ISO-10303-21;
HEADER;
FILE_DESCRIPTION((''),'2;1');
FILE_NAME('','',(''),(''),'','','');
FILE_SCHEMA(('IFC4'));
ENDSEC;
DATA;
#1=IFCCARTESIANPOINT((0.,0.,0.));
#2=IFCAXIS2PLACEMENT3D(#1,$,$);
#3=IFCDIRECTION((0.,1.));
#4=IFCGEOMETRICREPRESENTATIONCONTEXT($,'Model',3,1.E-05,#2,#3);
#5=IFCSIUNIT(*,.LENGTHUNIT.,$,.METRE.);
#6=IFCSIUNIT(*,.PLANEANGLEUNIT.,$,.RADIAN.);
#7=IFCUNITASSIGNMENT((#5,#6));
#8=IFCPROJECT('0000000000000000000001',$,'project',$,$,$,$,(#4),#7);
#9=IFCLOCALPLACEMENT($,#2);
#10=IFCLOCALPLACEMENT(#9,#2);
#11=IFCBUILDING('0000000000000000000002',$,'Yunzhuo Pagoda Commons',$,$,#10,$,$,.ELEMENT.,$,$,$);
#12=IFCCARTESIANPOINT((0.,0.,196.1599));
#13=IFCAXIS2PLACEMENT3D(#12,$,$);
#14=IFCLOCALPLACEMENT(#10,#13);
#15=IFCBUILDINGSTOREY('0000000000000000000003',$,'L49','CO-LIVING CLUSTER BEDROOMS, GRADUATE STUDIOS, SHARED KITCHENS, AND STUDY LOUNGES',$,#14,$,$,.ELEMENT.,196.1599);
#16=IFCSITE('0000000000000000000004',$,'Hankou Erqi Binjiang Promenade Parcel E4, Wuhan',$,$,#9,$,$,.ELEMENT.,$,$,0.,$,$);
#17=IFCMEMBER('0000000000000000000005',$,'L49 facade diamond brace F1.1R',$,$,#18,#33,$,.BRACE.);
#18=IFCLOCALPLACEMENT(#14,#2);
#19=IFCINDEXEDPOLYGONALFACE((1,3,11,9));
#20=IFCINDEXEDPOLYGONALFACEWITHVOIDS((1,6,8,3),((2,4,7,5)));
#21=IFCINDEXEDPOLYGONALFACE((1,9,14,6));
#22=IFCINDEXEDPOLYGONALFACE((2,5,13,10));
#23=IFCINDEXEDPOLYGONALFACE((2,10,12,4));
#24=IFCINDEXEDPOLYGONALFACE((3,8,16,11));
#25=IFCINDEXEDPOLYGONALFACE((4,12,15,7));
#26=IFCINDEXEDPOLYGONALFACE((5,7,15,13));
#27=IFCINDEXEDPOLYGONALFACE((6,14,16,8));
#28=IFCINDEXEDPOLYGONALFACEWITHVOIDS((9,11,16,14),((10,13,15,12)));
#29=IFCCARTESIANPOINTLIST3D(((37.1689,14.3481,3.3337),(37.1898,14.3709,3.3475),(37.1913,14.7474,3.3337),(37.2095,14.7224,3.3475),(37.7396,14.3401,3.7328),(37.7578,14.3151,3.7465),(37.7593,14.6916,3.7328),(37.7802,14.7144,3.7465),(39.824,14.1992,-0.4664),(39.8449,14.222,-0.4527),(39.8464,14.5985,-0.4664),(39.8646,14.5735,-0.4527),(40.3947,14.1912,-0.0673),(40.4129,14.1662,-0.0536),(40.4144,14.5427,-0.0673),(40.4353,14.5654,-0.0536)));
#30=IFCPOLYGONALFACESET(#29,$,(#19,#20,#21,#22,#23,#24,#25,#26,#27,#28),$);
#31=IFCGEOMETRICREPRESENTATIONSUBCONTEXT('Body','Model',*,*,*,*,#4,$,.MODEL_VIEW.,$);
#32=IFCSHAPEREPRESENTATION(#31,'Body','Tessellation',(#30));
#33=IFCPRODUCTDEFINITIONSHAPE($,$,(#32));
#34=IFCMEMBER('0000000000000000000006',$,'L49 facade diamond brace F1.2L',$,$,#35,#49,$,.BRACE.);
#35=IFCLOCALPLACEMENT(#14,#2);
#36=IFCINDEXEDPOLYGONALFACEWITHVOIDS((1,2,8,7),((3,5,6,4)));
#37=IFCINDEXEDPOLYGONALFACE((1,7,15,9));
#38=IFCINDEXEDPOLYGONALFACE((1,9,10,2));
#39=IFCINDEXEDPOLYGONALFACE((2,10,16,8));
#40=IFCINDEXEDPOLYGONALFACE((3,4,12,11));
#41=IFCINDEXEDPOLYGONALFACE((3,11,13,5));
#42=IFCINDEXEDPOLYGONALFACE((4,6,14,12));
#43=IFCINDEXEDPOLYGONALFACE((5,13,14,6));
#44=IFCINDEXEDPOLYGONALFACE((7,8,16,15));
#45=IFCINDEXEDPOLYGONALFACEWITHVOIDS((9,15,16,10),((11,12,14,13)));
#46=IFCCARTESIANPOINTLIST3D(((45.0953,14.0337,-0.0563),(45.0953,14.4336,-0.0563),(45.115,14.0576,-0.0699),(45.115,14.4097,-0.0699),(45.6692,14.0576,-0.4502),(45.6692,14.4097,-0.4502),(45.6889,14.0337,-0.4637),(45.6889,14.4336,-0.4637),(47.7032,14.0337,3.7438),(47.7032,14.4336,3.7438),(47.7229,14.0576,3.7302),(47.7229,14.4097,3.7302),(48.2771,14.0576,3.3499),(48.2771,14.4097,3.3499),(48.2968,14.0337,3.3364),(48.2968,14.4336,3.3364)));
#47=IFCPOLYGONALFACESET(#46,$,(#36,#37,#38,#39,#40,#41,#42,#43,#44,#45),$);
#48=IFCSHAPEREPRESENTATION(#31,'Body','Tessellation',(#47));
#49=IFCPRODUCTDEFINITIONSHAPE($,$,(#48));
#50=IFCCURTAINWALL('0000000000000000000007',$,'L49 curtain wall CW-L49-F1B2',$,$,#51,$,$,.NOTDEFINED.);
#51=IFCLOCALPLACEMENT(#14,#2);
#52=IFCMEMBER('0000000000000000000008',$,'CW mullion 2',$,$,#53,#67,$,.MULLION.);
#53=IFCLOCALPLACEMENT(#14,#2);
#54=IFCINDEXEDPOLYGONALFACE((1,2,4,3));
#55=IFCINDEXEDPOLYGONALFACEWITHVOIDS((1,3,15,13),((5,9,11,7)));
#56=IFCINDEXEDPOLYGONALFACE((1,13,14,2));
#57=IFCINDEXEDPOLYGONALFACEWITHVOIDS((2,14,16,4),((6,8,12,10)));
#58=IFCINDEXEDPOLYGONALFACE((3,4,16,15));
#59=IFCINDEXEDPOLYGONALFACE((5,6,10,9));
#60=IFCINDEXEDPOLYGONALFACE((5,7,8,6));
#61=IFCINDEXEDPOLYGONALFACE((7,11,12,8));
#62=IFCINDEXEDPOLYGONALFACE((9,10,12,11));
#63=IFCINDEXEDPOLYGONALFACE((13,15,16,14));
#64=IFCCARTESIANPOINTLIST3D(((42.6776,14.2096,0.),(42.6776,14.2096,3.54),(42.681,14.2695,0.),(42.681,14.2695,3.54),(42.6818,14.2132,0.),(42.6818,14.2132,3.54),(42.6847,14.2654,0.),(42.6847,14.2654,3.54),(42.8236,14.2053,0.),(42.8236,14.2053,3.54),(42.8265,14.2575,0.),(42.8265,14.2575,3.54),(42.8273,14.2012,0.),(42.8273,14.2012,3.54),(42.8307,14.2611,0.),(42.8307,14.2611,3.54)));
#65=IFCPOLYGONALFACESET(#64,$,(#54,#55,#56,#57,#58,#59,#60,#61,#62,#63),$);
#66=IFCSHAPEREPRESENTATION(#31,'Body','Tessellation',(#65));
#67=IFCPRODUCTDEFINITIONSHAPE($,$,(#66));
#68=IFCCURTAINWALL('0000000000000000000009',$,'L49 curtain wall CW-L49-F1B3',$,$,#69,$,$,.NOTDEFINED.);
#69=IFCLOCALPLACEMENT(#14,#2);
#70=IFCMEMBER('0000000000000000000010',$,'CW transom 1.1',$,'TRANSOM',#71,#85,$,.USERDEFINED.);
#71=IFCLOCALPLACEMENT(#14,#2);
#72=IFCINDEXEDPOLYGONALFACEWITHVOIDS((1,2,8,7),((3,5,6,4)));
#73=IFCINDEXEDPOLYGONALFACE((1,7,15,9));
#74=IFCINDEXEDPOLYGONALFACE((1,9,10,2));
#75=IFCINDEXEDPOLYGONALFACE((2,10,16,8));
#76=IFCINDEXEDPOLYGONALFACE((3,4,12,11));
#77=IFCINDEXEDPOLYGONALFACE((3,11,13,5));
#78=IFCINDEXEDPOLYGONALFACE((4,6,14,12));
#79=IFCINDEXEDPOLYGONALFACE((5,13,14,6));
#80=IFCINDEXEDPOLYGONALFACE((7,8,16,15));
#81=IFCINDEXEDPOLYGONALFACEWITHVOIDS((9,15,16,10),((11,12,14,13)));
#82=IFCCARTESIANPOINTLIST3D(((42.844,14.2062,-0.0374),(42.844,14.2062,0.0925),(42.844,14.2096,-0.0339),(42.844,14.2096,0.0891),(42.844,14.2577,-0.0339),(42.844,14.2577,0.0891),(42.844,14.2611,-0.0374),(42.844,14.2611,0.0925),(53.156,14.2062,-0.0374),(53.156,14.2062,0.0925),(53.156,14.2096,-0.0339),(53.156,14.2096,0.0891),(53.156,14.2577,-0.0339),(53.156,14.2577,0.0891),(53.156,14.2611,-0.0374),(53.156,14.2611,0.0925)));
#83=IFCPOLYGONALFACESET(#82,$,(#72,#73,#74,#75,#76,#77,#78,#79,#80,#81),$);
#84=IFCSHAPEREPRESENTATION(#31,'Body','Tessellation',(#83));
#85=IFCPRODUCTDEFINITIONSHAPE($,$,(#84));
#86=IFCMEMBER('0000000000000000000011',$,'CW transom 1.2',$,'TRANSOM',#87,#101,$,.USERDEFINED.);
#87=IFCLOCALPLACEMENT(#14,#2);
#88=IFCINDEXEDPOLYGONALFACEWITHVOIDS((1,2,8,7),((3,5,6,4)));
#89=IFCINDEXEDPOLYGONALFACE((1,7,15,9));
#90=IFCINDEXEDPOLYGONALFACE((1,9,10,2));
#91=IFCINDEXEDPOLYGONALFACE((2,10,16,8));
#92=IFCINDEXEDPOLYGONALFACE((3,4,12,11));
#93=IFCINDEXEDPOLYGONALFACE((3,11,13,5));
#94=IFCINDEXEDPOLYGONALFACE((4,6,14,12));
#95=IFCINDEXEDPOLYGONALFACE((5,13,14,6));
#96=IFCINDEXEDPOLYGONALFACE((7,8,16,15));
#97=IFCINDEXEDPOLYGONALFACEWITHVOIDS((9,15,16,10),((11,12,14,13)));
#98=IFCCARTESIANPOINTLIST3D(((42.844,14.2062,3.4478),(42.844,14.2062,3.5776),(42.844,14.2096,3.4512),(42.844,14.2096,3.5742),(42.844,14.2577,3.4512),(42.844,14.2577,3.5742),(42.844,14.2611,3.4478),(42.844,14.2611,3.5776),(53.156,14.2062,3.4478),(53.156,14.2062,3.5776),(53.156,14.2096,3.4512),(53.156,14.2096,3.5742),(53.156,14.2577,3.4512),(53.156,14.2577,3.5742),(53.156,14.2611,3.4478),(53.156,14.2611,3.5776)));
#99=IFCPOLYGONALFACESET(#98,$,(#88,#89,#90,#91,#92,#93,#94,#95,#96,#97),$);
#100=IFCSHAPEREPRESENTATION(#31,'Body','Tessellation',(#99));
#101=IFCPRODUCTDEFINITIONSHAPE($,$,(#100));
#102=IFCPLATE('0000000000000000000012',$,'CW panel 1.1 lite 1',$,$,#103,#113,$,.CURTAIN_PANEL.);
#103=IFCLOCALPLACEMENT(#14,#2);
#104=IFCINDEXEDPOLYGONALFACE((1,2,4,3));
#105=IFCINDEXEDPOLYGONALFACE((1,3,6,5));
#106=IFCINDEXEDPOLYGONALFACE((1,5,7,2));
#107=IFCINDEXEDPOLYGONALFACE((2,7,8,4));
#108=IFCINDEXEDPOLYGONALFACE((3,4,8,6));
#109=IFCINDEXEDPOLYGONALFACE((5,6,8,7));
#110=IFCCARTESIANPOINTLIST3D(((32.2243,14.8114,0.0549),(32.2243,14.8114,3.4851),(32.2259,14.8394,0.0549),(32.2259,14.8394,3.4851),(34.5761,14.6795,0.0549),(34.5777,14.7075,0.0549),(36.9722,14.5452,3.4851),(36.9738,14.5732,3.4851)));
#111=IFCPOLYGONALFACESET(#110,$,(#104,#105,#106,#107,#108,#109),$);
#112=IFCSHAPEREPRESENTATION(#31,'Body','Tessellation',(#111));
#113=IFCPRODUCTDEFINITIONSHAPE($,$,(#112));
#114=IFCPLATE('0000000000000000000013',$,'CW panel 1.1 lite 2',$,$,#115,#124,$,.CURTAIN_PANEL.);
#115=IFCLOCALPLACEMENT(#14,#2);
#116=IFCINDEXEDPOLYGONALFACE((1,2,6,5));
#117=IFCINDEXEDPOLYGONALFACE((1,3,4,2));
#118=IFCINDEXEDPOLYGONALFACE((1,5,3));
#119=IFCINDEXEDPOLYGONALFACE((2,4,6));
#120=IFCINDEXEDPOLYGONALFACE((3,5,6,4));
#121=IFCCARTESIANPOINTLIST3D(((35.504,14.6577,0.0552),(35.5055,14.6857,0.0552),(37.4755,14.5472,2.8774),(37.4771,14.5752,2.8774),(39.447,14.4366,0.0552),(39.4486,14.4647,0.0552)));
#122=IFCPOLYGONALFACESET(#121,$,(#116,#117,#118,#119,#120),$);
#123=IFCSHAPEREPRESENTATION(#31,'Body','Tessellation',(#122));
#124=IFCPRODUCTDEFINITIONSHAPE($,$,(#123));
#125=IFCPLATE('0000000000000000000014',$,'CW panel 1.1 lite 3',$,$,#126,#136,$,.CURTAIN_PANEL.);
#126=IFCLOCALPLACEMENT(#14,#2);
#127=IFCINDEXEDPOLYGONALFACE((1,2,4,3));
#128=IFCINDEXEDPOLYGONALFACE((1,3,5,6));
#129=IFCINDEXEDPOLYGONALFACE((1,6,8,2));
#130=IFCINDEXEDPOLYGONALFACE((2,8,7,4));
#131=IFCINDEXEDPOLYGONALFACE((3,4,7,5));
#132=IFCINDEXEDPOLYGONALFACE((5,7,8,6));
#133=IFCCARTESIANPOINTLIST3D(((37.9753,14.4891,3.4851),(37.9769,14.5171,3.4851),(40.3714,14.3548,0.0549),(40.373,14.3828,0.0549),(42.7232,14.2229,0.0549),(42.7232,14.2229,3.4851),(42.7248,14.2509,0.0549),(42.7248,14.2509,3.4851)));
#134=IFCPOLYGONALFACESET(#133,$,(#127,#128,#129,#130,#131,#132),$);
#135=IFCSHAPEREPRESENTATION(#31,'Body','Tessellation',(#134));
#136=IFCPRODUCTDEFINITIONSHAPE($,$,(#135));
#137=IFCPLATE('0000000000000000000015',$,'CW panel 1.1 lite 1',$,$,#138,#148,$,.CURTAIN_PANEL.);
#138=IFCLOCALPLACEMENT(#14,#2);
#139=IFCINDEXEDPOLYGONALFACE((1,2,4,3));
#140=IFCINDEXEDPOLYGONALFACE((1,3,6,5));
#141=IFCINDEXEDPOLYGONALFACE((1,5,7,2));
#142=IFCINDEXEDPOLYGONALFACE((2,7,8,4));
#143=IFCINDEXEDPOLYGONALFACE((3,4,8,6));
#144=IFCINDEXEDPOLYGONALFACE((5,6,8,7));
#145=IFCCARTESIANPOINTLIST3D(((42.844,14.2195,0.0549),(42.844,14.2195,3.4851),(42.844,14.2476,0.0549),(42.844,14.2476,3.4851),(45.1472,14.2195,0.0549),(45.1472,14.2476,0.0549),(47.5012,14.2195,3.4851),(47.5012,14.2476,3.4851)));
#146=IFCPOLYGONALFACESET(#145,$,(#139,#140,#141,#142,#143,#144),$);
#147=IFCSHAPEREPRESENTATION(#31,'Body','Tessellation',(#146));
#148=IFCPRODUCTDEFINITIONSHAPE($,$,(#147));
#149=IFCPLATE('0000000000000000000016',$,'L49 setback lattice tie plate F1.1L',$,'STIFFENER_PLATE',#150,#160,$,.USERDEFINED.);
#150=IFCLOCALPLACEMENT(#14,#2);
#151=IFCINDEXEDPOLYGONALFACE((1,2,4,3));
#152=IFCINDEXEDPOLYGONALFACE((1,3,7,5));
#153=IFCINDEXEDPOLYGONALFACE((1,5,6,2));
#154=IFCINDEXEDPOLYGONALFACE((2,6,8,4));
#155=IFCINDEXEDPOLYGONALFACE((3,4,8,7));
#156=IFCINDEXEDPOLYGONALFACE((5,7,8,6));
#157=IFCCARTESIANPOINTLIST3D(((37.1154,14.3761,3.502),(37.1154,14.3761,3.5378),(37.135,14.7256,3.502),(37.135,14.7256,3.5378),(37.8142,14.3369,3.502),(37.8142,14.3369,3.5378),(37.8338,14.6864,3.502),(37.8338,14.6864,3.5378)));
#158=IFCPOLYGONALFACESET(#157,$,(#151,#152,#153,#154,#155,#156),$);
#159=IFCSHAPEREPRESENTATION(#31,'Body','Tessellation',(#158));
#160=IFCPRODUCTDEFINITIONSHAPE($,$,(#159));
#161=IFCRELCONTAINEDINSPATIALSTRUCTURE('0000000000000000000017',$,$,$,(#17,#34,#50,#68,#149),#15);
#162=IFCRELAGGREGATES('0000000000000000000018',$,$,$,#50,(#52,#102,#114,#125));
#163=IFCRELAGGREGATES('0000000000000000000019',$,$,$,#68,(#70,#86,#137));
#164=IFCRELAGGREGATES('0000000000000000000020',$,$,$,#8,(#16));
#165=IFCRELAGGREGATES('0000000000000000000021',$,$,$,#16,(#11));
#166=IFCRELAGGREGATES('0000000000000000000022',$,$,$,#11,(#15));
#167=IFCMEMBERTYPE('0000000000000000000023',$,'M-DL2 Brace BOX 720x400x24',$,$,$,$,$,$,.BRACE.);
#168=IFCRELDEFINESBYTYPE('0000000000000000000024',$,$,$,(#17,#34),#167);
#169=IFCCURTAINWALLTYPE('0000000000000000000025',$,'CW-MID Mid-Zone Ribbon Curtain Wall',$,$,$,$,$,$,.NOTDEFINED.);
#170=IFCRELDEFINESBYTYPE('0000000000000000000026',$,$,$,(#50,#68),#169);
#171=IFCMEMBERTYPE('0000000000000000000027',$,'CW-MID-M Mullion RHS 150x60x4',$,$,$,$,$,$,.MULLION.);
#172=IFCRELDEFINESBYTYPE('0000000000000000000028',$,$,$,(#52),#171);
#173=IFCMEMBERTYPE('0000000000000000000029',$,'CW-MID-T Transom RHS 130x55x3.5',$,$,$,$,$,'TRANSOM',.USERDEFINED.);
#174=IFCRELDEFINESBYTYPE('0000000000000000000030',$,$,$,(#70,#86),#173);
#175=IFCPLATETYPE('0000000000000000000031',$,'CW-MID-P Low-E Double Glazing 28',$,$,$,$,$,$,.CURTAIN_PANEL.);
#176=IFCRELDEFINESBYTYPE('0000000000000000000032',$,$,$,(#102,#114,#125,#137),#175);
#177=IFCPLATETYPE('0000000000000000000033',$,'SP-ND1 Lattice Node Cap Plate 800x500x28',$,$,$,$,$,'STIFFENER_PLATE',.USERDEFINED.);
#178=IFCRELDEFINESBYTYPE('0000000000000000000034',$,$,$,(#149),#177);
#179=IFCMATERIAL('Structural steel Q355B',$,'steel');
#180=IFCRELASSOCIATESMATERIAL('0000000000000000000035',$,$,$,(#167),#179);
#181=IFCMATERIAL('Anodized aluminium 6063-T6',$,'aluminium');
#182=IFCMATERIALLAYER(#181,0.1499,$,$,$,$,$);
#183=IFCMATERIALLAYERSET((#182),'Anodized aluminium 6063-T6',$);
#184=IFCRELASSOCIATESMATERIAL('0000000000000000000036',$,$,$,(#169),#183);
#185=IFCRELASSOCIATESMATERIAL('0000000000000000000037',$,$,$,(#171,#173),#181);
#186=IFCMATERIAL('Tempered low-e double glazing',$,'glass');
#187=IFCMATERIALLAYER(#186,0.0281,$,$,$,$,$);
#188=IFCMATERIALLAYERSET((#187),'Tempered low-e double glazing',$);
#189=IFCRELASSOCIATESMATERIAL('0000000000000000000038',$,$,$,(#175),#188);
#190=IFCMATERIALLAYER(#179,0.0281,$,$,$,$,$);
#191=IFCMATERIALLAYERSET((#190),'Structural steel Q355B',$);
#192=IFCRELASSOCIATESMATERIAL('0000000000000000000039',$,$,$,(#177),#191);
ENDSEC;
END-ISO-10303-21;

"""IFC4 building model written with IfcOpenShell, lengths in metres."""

from ifc_helpers import new_model, si_unit, direction, frame, origin, origin_2d, place, context, subcontext, project, spatial, polyline, rectangle, hollow_rectangle, outline, extrude, source, transform, mapped, material, layer, layer_set, material_profile, profile_set, type_object, element, aggregate, save


model = new_model("IFC4")

# Units and contexts
model_context = context("Model", 3, precision=1e-05, world=origin(), true_north=direction((0.0, 1.0)))
body_context = subcontext(model_context, "Body", "Model", "MODEL_VIEW")
ifc_project = project(units=[si_unit("LENGTHUNIT", "METRE"), si_unit("PLANEANGLEUNIT", "RADIAN")], contexts=[model_context])

# Site, building, storey
site_placement = place(None, origin())
site = spatial("IfcSite", under=ifc_project, at=site_placement, Name="Hankou Erqi Binjiang Promenade Parcel E4, Wuhan", CompositionType="ELEMENT", RefElevation=0.0)
building_placement = place(site_placement, origin())
building = spatial("IfcBuilding", under=site, at=building_placement, Name="Yunzhuo Pagoda Commons", CompositionType="ELEMENT")
storey_placement = place(building_placement, frame((0.0, 0.0, 196.1599)))
storey = spatial("IfcBuildingStorey", under=building, at=storey_placement, Name="L49", Description="CO-LIVING CLUSTER BEDROOMS, GRADUATE STUDIOS, SHARED KITCHENS, AND STUDY LOUNGES", CompositionType="ELEMENT", Elevation=196.1599)

# Shared definitions
ifc_material_1 = material(Name="Structural steel Q355B", Category="steel")

# Members
ifc_material_profile_1 = material_profile(ifc_material_1, hollow_rectangle(XDim=0.3999, YDim=0.72, WallThickness=0.0239, at=origin_2d()), Name="Structural steel Q355B")
ifc_profile_set_1 = profile_set([ifc_material_profile_1], Name="Structural steel Q355B")
member_type_1 = type_object("IfcMemberType", Name="M-DL2 Brace BOX 720x400x24", PredefinedType="BRACE", material=ifc_profile_set_1)
shared_shape_1 = source(origin(), body_context, "Body", "SweptSolid", [
    extrude(hollow_rectangle(XDim=0.3999, YDim=0.72, WallThickness=0.0239, at=origin_2d()), origin(), (0.0, 0.0, 1.0), 4.6382),
])
member_1_placement = place(storey_placement, frame((40.1296, 14.3823, -0.26), z_axis=(-0.572442, 0.032109, 0.819316), x_axis=(-0.056004, -0.998431, 0.0)))
element("IfcMember", 1, at=member_1_placement, inside=storey, type_object=member_type_1, Name="L49 facade diamond brace F1.1R", PredefinedType="BRACE", context=body_context, shape_type="MappedRepresentation", body=[
    mapped(shared_shape_1, transform((0.0, 0.0, 0.0), scale=1.0)),
])
shared_shape_2 = source(origin(), body_context, "Body", "SweptSolid", [
    extrude(hollow_rectangle(XDim=0.3999, YDim=0.72, WallThickness=0.0239, at=origin_2d()), origin(), (0.0, 0.0, 1.0), 4.6089),
])
member_2_placement = place(storey_placement, frame((45.3921, 14.2336, -0.26), z_axis=(0.565847, 0.0, 0.82451), x_axis=(0.0, 1.0, 0.0)))
element("IfcMember", 2, at=member_2_placement, inside=storey, type_object=member_type_1, Name="L49 facade diamond brace F1.2L", PredefinedType="BRACE", context=body_context, shape_type="MappedRepresentation", body=[
    mapped(shared_shape_2, transform((0.0, 0.0, 0.0), scale=1.0)),
])

# Curtain wall, member
ifc_material_2 = material(Name="Anodized aluminium 6063-T6", Category="aluminium")
ifc_layer_1 = layer(ifc_material_2, 0.1499)
ifc_layer_set_1 = layer_set([ifc_layer_1], Name="Anodized aluminium 6063-T6")
curtain_wall_type = type_object("IfcCurtainWallType", Name="CW-MID Mid-Zone Ribbon Curtain Wall", PredefinedType="NOTDEFINED", material=ifc_layer_set_1)
curtain_wall_1_placement = place(storey_placement, origin())
curtain_wall_1 = element("IfcCurtainWall", 3, at=curtain_wall_1_placement, inside=storey, type_object=curtain_wall_type, Name="L49 curtain wall CW-L49-F1B2", PredefinedType="NOTDEFINED")
ifc_material_profile_2 = material_profile(ifc_material_2, hollow_rectangle(XDim=0.0601, YDim=0.1499, WallThickness=0.0039, at=origin_2d()), Name="Anodized aluminium 6063-T6")
ifc_profile_set_2 = profile_set([ifc_material_profile_2], Name="Anodized aluminium 6063-T6")
member_type_2 = type_object("IfcMemberType", Name="CW-MID-M Mullion RHS 150x60x4", PredefinedType="MULLION", material=ifc_profile_set_2)
shared_shape_3 = source(origin(), body_context, "Body", "SweptSolid", [
    extrude(hollow_rectangle(XDim=0.0601, YDim=0.1499, WallThickness=0.0039, at=origin_2d()), origin(), (0.0, 0.0, 1.0), 3.54),
])
member_3_placement = place(storey_placement, frame((42.7542, 14.2354, 0.0), z_axis=(0.0, 0.0, 1.0), x_axis=(0.055983, 0.998432, 0.0)))
member_3 = element("IfcMember", 4, at=member_3_placement, type_object=member_type_2, Name="CW mullion 2", PredefinedType="MULLION", context=body_context, shape_type="MappedRepresentation", body=[
    mapped(shared_shape_3, transform((0.0, 0.0, 0.0), scale=1.0)),
])

# Curtain wall, members
curtain_wall_2_placement = place(storey_placement, origin())
curtain_wall_2 = element("IfcCurtainWall", 5, at=curtain_wall_2_placement, inside=storey, type_object=curtain_wall_type, Name="L49 curtain wall CW-L49-F1B3", PredefinedType="NOTDEFINED")
ifc_material_profile_3 = material_profile(ifc_material_2, hollow_rectangle(XDim=0.0549, YDim=0.1299, WallThickness=0.0034, at=origin_2d()), Name="Anodized aluminium 6063-T6")
ifc_profile_set_3 = profile_set([ifc_material_profile_3], Name="Anodized aluminium 6063-T6")
member_type_3 = type_object("IfcMemberType", Name="CW-MID-T Transom RHS 130x55x3.5", ElementType="TRANSOM", PredefinedType="USERDEFINED", material=ifc_profile_set_3)
shared_shape_4 = source(origin(), body_context, "Body", "SweptSolid", [
    extrude(hollow_rectangle(XDim=0.0549, YDim=0.1299, WallThickness=0.0034, at=origin_2d()), origin(), (0.0, 0.0, 1.0), 10.312),
])
member_4_placement = place(storey_placement, frame((42.844, 14.2336, 0.0276), z_axis=(1.0, 0.0, 0.0), x_axis=(0.0, 1.0, 0.0)))
member_4 = element("IfcMember", 6, at=member_4_placement, type_object=member_type_3, Name="CW transom 1.1", ObjectType="TRANSOM", PredefinedType="USERDEFINED", context=body_context, shape_type="MappedRepresentation", body=[
    mapped(shared_shape_4, transform((0.0, 0.0, 0.0), scale=1.0)),
])
member_5_placement = place(storey_placement, frame((42.844, 14.2336, 3.5127), z_axis=(1.0, 0.0, 0.0), x_axis=(0.0, 1.0, 0.0)))
member_5 = element("IfcMember", 7, at=member_5_placement, type_object=member_type_3, Name="CW transom 1.2", ObjectType="TRANSOM", PredefinedType="USERDEFINED", context=body_context, shape_type="MappedRepresentation", body=[
    mapped(shared_shape_4, transform((0.0, 0.0, 0.0), scale=1.0)),
])

# Plates
ifc_material_3 = material(Name="Tempered low-e double glazing", Category="glass")
ifc_layer_2 = layer(ifc_material_3, 0.0281)
ifc_layer_set_2 = layer_set([ifc_layer_2], Name="Tempered low-e double glazing")
plate_type_1 = type_object("IfcPlateType", Name="CW-MID-P Low-E Double Glazing 28", PredefinedType="CURTAIN_PANEL", material=ifc_layer_set_2)
plate_1_placement = place(storey_placement, frame((34.5999, 14.7063, 1.77), z_axis=(-0.055983, -0.998432, 0.0), x_axis=(0.998432, -0.055983, 0.0)))
plate_1 = element("IfcPlate", 8, at=plate_1_placement, type_object=plate_type_1, Name="CW panel 1.1 lite 1", PredefinedType="CURTAIN_PANEL", context=body_context, shape_type="SweptSolid", body=[
    extrude(outline(polyline([(-2.3777, -1.7151), (-0.0222, -1.7151), (2.3777, 1.7151), (-2.3777, 1.7151), (-2.3777, -1.7151)])), origin(), (0.0, 0.0, 1.0), 0.0281),
])
plate_2_placement = place(storey_placement, frame((37.4771, 14.5752, 1.4663), z_axis=(-0.055983, -0.998432, 0.0), x_axis=(0.998432, -0.055983, 0.0)))
plate_2 = element("IfcPlate", 9, at=plate_2_placement, type_object=plate_type_1, Name="CW panel 1.1 lite 2", PredefinedType="CURTAIN_PANEL", context=body_context, shape_type="SweptSolid", body=[
    extrude(outline(polyline([(-1.9746, -1.4111), (1.9746, -1.4111), (0.0, 1.4111), (-1.9746, -1.4111)])), origin(), (0.0, 0.0, 1.0), 0.0281),
])
plate_3_placement = place(storey_placement, frame((40.3508, 14.384, 1.77), z_axis=(-0.055983, -0.998432, 0.0), x_axis=(0.998432, -0.055983, 0.0)))
plate_3 = element("IfcPlate", 10, at=plate_3_placement, type_object=plate_type_1, Name="CW panel 1.1 lite 3", PredefinedType="CURTAIN_PANEL", context=body_context, shape_type="SweptSolid", body=[
    extrude(outline(polyline([(-2.3777, 1.7151), (0.0222, -1.7151), (2.3777, -1.7151), (2.3777, 1.7151), (-2.3777, 1.7151)])), origin(), (0.0, 0.0, 1.0), 0.0281),
])
aggregate(curtain_wall_1, [member_3, plate_1, plate_2, plate_3])
plate_4_placement = place(storey_placement, frame((45.1726, 14.2476, 1.77), z_axis=(0.0, -1.0, 0.0), x_axis=(1.0, 0.0, 0.0)))
plate_4 = element("IfcPlate", 11, at=plate_4_placement, type_object=plate_type_1, Name="CW panel 1.1 lite 1", PredefinedType="CURTAIN_PANEL", context=body_context, shape_type="SweptSolid", body=[
    extrude(outline(polyline([(-2.3286, -1.7151), (-0.0254, -1.7151), (2.3286, 1.7151), (-2.3286, 1.7151), (-2.3286, -1.7151)])), origin(), (0.0, 0.0, 1.0), 0.0281),
])
aggregate(curtain_wall_2, [member_4, member_5, plate_4])
ifc_layer_3 = layer(ifc_material_1, 0.0281)
ifc_layer_set_3 = layer_set([ifc_layer_3], Name="Structural steel Q355B")
plate_type_2 = type_object("IfcPlateType", Name="SP-ND1 Lattice Node Cap Plate 800x500x28", ElementType="STIFFENER_PLATE", PredefinedType="USERDEFINED", material=ifc_layer_set_3)
shared_shape_5 = source(origin(), body_context, "Body", "SweptSolid", [
    extrude(rectangle(XDim=0.7, YDim=0.3501, at=origin_2d()), origin(), (0.0, 0.0, 1.0), 0.0359),
])
plate_5_placement = place(storey_placement, frame((37.4746, 14.5312, 3.502), z_axis=(0.0, 0.0, 1.0), x_axis=(0.998432, -0.055978, 0.0)))
element("IfcPlate", 12, at=plate_5_placement, inside=storey, type_object=plate_type_2, Name="L49 setback lattice tie plate F1.1L", ObjectType="STIFFENER_PLATE", PredefinedType="USERDEFINED", context=body_context, shape_type="MappedRepresentation", body=[
    mapped(shared_shape_5, transform((0.0, 0.0, 0.0), scale=1.0)),
])

save(model, "model.ifc")
